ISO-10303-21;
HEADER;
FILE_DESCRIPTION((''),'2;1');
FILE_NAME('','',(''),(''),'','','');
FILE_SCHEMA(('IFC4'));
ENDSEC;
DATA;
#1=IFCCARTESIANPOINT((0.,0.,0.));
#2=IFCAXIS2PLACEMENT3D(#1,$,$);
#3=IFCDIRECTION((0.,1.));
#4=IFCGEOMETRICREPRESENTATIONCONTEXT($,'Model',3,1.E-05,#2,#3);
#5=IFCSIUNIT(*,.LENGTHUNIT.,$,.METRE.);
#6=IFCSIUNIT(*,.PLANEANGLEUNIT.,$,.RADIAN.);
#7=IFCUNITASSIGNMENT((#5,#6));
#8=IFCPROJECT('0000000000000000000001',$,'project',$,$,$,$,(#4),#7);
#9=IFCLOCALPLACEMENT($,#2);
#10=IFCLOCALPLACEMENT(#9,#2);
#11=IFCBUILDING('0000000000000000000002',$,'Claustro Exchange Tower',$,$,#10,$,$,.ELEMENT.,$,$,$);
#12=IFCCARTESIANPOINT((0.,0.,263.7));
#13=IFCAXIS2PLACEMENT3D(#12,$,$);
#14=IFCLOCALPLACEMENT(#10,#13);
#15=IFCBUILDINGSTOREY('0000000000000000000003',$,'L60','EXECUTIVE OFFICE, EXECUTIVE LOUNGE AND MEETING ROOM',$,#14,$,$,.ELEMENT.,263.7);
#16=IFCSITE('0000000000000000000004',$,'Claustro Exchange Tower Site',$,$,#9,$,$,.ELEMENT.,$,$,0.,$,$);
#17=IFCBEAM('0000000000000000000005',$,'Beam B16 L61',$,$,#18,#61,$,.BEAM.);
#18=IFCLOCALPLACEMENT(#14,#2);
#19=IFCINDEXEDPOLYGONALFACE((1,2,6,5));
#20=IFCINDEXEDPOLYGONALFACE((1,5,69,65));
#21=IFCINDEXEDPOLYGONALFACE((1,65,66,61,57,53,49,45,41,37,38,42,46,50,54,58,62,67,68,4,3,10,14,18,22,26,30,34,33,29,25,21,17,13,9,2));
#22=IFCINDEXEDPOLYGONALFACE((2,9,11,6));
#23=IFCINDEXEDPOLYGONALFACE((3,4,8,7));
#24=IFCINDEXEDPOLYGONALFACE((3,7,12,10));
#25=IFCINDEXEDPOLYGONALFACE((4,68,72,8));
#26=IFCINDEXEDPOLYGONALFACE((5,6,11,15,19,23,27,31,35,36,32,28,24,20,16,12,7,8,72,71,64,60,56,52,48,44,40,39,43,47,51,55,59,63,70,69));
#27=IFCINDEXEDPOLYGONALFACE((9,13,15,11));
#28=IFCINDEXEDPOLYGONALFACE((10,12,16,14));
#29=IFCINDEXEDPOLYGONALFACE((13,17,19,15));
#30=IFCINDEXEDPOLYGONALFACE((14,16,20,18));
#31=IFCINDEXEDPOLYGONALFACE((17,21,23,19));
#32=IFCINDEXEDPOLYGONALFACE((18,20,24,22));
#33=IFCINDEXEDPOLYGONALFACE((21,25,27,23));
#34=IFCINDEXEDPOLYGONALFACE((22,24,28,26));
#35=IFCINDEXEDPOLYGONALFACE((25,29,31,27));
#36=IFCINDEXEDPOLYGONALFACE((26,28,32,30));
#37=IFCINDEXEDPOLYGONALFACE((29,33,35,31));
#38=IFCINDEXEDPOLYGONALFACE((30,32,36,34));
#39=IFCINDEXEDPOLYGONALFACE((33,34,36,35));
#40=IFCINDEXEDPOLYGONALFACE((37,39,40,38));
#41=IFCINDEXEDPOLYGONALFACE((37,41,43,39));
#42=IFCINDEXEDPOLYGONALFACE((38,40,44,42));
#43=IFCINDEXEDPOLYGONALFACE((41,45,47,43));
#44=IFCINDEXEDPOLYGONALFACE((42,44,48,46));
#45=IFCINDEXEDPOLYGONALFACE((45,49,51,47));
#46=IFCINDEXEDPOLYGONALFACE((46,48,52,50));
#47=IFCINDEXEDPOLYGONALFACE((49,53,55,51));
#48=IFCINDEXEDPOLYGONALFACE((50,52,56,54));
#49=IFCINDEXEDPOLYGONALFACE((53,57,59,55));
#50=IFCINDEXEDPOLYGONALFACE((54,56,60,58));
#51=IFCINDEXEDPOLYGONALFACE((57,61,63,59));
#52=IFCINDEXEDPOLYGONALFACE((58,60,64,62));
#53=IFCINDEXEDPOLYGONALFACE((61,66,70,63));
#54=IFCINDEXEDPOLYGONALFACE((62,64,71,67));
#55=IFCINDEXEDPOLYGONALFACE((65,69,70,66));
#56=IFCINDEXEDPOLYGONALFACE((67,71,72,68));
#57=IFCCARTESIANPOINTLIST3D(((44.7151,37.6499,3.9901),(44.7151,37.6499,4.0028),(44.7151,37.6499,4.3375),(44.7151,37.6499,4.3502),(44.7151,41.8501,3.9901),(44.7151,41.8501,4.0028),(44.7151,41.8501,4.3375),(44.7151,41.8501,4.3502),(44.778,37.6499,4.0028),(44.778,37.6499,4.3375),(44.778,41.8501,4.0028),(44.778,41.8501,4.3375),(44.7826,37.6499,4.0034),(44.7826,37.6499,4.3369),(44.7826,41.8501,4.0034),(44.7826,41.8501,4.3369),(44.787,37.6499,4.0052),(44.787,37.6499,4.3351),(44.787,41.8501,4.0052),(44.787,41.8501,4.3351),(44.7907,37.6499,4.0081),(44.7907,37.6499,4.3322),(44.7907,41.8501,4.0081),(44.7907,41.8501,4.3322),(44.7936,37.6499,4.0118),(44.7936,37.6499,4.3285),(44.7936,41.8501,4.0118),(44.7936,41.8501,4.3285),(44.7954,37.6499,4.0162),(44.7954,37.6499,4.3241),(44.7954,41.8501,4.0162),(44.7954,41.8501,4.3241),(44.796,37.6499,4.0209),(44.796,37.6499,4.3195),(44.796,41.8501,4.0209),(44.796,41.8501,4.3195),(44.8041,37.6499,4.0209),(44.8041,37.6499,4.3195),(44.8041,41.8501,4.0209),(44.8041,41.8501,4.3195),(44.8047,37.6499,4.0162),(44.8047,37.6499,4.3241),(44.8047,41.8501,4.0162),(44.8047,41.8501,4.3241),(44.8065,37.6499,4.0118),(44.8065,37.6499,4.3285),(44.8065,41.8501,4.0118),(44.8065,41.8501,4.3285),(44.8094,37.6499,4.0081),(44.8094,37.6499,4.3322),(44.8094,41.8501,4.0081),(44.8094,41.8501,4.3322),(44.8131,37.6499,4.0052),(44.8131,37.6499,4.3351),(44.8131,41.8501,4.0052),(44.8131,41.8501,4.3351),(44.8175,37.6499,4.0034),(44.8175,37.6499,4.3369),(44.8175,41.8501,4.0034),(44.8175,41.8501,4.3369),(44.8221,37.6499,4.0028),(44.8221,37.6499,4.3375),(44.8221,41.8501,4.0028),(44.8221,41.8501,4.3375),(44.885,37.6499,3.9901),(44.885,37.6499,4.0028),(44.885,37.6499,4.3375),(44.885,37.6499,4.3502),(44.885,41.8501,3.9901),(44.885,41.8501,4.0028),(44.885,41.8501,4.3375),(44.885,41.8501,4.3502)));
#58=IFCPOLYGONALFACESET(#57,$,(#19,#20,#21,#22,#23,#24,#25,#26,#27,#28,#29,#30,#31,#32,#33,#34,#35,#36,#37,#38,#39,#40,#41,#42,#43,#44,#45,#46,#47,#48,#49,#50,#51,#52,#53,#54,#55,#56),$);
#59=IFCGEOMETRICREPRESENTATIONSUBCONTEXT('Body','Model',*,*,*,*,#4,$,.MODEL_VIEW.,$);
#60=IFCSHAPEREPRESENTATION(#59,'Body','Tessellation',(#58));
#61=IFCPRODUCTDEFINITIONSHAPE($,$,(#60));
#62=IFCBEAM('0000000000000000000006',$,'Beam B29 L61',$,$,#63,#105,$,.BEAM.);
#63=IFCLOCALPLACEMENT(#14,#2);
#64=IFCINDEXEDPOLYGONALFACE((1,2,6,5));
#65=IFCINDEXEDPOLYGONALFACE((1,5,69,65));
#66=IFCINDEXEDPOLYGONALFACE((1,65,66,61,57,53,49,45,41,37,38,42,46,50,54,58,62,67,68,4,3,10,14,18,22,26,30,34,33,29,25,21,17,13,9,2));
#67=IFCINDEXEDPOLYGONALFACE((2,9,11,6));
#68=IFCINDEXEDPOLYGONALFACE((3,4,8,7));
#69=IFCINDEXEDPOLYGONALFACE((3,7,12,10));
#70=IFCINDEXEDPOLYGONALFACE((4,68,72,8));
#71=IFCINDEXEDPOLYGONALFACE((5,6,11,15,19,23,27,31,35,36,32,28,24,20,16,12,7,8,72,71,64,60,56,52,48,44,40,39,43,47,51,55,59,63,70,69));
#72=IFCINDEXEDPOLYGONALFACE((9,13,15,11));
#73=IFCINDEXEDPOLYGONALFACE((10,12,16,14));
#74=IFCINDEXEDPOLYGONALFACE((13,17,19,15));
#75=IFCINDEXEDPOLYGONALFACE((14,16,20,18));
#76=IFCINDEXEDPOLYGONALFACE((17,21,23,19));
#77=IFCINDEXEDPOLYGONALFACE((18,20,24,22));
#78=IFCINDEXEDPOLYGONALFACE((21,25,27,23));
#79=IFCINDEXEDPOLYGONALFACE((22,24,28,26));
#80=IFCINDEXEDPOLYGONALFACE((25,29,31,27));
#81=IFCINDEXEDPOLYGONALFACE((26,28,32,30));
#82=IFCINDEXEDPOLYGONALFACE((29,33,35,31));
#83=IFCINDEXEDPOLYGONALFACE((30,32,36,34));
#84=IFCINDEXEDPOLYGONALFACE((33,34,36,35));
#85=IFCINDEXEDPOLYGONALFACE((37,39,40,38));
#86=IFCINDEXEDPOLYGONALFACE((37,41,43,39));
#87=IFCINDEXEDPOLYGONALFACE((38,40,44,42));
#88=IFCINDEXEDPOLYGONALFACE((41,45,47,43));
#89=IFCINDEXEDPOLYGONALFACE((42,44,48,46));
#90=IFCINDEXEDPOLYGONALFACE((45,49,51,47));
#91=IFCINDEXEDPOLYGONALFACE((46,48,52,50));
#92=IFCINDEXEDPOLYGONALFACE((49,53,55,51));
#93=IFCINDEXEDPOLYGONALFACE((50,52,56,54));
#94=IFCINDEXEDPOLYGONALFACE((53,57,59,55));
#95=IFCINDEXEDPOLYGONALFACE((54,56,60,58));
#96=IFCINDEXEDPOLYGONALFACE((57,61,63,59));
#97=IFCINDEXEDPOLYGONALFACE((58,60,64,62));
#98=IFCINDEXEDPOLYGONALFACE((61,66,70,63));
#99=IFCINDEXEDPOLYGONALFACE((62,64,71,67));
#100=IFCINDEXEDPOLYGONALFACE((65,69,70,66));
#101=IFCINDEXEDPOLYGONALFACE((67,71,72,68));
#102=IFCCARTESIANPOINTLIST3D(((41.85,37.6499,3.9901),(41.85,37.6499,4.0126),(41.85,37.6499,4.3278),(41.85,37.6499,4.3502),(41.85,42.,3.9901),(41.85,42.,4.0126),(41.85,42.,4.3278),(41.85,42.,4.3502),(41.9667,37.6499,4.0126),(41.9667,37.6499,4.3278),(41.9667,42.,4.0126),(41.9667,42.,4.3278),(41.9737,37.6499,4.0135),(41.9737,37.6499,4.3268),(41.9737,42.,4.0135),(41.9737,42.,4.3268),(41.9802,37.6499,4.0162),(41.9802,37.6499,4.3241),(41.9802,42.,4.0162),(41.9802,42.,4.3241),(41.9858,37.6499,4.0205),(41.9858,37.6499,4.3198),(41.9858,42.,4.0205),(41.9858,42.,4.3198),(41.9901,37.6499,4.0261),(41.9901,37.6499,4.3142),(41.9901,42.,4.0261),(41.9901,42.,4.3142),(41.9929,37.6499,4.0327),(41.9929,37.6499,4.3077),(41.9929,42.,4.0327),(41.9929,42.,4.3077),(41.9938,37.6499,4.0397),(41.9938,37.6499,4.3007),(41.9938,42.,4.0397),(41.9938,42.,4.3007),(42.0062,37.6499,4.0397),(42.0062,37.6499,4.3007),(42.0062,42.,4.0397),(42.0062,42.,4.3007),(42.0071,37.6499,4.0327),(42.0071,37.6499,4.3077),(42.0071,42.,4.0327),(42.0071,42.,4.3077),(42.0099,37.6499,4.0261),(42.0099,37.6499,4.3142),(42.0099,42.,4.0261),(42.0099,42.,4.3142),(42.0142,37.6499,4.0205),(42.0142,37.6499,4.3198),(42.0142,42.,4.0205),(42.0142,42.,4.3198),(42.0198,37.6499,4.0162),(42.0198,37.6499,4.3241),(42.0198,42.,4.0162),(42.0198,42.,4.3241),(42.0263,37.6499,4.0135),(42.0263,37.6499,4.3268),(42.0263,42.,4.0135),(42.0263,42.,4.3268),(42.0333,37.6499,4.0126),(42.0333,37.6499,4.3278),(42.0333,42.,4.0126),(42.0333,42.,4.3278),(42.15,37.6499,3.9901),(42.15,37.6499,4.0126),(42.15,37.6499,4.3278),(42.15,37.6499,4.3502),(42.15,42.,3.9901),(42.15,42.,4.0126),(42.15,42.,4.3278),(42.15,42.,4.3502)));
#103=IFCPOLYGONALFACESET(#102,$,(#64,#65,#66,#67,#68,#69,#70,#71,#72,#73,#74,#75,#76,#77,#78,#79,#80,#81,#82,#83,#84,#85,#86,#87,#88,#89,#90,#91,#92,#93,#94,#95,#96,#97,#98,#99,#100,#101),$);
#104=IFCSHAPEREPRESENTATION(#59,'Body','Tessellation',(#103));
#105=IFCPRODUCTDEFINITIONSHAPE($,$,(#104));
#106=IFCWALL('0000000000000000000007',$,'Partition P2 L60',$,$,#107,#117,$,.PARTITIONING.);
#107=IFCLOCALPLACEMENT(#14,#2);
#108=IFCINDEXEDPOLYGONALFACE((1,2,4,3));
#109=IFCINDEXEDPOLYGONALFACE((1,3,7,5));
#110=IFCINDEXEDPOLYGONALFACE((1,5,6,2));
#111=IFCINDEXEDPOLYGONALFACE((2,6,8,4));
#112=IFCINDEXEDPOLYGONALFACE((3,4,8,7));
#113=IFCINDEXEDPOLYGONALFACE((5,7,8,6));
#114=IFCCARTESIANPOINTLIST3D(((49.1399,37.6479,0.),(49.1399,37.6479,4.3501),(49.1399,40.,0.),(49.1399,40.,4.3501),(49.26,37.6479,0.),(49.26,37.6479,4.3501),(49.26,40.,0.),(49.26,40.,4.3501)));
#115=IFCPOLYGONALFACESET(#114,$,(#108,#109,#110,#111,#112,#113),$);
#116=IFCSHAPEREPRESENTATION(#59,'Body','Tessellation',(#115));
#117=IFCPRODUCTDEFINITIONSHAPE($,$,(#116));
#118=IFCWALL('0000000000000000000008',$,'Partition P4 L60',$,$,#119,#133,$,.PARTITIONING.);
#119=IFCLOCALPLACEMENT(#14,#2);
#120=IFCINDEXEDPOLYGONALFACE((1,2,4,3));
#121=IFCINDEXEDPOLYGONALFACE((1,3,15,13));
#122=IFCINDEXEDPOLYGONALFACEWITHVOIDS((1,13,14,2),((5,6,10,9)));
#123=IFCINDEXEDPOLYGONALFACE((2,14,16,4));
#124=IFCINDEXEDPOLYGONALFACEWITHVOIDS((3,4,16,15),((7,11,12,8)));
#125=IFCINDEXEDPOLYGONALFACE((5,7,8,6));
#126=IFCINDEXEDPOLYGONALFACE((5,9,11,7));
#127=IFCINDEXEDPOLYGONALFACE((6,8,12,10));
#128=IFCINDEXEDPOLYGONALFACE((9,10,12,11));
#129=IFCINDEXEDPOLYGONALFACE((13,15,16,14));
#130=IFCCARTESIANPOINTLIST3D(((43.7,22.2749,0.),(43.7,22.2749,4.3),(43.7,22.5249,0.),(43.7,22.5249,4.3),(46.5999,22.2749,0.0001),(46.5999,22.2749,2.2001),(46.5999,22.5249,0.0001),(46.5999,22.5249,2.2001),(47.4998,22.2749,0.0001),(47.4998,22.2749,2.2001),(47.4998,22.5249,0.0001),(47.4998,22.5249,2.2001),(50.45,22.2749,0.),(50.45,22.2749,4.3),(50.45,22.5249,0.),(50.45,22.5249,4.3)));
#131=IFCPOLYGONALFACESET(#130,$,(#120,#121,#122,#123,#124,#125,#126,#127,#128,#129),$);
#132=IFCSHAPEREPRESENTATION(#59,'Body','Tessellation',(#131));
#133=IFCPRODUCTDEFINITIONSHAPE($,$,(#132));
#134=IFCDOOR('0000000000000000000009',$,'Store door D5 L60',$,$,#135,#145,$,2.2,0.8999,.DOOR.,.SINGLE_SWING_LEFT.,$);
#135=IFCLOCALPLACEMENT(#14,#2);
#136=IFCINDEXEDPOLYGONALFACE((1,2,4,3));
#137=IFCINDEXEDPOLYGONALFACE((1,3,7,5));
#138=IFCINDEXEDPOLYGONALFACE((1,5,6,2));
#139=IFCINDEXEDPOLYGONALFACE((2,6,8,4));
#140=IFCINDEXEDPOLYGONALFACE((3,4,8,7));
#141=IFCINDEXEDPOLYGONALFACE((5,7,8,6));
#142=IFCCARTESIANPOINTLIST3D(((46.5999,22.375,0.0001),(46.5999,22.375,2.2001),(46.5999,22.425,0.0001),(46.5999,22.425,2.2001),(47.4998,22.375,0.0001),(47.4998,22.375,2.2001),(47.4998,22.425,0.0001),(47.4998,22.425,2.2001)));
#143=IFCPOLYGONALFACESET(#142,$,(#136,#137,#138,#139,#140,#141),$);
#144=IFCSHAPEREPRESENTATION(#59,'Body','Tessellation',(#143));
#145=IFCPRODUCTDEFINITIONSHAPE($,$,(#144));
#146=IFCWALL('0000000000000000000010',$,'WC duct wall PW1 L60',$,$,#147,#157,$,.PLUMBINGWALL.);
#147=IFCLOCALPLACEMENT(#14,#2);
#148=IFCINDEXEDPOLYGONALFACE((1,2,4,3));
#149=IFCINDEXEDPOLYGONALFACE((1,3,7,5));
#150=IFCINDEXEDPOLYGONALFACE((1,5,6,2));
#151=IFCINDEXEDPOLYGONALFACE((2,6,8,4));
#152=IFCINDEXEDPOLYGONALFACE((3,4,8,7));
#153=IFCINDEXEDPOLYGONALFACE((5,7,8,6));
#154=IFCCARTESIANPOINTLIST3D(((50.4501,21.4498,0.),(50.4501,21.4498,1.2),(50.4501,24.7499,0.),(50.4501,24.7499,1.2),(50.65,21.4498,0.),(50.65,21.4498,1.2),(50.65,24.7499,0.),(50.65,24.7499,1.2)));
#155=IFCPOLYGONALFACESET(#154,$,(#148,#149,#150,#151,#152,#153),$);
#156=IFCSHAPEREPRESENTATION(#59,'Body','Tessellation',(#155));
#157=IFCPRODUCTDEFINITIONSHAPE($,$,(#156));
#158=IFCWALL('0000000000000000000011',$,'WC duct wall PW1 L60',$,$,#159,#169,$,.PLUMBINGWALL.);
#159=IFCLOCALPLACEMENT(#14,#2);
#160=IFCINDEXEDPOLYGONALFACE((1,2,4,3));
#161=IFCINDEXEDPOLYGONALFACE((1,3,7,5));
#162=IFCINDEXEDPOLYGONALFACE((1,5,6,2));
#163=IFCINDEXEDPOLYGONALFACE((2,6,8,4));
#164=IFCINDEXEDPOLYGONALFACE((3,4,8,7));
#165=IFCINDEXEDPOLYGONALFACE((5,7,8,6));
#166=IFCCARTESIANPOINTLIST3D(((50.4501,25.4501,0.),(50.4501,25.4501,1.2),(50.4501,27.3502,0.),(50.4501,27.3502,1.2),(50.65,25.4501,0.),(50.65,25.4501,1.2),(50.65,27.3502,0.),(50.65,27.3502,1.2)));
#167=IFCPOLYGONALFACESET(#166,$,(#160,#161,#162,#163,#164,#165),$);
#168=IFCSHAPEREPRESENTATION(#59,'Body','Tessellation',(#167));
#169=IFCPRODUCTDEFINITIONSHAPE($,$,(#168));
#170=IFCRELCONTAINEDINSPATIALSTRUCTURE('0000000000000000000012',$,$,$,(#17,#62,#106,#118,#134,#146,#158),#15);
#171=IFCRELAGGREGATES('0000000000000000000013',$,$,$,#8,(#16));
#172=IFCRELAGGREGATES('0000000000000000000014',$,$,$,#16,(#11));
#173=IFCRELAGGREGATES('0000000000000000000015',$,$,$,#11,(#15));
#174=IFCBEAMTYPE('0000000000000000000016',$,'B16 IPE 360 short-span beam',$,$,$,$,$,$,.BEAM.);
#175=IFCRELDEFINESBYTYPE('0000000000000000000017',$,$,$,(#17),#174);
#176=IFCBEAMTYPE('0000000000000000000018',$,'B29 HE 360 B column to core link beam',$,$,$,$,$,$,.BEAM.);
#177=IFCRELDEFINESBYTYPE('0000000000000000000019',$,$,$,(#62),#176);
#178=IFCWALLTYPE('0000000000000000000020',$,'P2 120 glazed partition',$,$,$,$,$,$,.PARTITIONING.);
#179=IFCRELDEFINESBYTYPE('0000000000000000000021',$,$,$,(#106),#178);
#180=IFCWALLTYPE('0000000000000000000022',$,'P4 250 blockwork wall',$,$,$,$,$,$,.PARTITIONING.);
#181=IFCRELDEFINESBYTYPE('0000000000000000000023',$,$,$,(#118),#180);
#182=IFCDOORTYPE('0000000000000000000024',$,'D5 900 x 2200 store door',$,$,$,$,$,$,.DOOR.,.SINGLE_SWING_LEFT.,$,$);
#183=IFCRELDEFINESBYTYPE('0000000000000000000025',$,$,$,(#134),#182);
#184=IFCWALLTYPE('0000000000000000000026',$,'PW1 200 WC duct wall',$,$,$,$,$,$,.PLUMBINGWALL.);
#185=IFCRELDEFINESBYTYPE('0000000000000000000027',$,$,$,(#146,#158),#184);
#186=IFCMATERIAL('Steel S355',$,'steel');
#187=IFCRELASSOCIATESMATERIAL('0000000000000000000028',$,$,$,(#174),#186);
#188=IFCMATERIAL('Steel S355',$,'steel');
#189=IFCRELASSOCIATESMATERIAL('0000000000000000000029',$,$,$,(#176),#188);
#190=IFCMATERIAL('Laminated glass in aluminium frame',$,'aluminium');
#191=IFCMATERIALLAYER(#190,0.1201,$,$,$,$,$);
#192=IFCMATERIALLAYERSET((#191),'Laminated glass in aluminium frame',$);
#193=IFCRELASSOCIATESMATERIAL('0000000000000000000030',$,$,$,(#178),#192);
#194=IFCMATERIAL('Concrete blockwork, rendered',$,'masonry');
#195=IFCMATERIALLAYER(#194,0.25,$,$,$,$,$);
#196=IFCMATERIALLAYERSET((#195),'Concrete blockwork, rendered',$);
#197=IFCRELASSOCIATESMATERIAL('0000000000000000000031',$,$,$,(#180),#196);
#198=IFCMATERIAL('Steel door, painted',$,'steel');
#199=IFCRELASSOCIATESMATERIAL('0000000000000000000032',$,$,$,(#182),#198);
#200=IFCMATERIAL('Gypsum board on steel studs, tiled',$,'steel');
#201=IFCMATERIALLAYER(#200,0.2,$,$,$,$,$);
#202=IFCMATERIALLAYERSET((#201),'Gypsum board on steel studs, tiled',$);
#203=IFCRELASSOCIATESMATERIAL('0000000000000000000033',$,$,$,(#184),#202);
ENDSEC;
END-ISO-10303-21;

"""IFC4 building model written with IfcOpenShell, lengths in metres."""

from ifc_helpers import new_model, si_unit, direction, frame, frame_2d, origin, origin_2d, place, context, subcontext, project, spatial, rectangle, i_section, extrude, material, layer, layer_set, material_profile, profile_set, type_object, element, fill, save


model = new_model("IFC4")

# Units and contexts
model_context = context("Model", 3, precision=1e-05, world=origin(), true_north=direction((0.0, 1.0)))
body_context = subcontext(model_context, "Body", "Model", "MODEL_VIEW")
ifc_project = project(units=[si_unit("LENGTHUNIT", "METRE"), si_unit("PLANEANGLEUNIT", "RADIAN")], contexts=[model_context])

# Site, building, storey
site_placement = place(None, origin())
site = spatial("IfcSite", under=ifc_project, at=site_placement, Name="Claustro Exchange Tower Site", CompositionType="ELEMENT", RefElevation=0.0)
building_placement = place(site_placement, origin())
building = spatial("IfcBuilding", under=site, at=building_placement, Name="Claustro Exchange Tower", CompositionType="ELEMENT")
storey_placement = place(building_placement, frame((0.0, 0.0, 263.7)))
storey = spatial("IfcBuildingStorey", under=building, at=storey_placement, Name="L60", Description="EXECUTIVE OFFICE, EXECUTIVE LOUNGE AND MEETING ROOM", CompositionType="ELEMENT", Elevation=263.7)

# Beams
ifc_material_1 = material(Name="Steel S355", Category="steel")
ifc_material_profile_1 = material_profile(ifc_material_1, i_section(OverallWidth=0.1699, OverallDepth=0.3601, WebThickness=0.0081, FlangeThickness=0.0127, FilletRadius=0.0181, at=origin_2d()), Name="IPE 360")
ifc_profile_set_1 = profile_set([ifc_material_profile_1], Name="Steel S355")
beam_type_1 = type_object("IfcBeamType", Name="B16 IPE 360 short-span beam", PredefinedType="BEAM", material=ifc_profile_set_1)
beam_1_placement = place(storey_placement, frame((44.8, 37.6499, 4.1702), z_axis=(0.0, 1.0, 0.0), x_axis=(-1.0, 0.0, 0.0)))
element("IfcBeam", 1, at=beam_1_placement, inside=storey, type_object=beam_type_1, Name="Beam B16 L61", PredefinedType="BEAM", context=body_context, shape_type="SweptSolid", body=[
    extrude(i_section(OverallWidth=0.1699, OverallDepth=0.3601, WebThickness=0.0081, FlangeThickness=0.0127, FilletRadius=0.0181, at=origin_2d()), origin(), (0.0, 0.0, 1.0), 4.2002),
])
ifc_material_2 = material(Name="Steel S355", Category="steel")
ifc_material_profile_2 = material_profile(ifc_material_2, i_section(OverallWidth=0.3, OverallDepth=0.3601, WebThickness=0.0125, FlangeThickness=0.0225, FilletRadius=0.0271, at=origin_2d()), Name="HE 360 B")
ifc_profile_set_2 = profile_set([ifc_material_profile_2], Name="Steel S355")
beam_type_2 = type_object("IfcBeamType", Name="B29 HE 360 B column to core link beam", PredefinedType="BEAM", material=ifc_profile_set_2)
beam_2_placement = place(storey_placement, frame((42.0, 37.6499, 4.1702), z_axis=(0.0, 1.0, 0.0), x_axis=(-1.0, 0.0, 0.0)))
element("IfcBeam", 2, at=beam_2_placement, inside=storey, type_object=beam_type_2, Name="Beam B29 L61", PredefinedType="BEAM", context=body_context, shape_type="SweptSolid", body=[
    extrude(i_section(OverallWidth=0.3, OverallDepth=0.3601, WebThickness=0.0125, FlangeThickness=0.0225, FilletRadius=0.0271, at=origin_2d()), origin(), (0.0, 0.0, 1.0), 4.3501),
])

# Shared definitions
ifc_material_3 = material(Name="Laminated glass in aluminium frame", Category="aluminium")
ifc_layer_1 = layer(ifc_material_3, 0.1201)
ifc_layer_set_1 = layer_set([ifc_layer_1], Name="Laminated glass in aluminium frame")
wall_type_1 = type_object("IfcWallType", Name="P2 120 glazed partition", PredefinedType="PARTITIONING", material=ifc_layer_set_1)

# Wall
wall_1_placement = place(storey_placement, frame((49.2, 37.6479, 0.0), z_axis=(0.0, 0.0, 1.0), x_axis=(0.0, 1.0, 0.0)))
element("IfcWall", 3, at=wall_1_placement, inside=storey, type_object=wall_type_1, Name="Partition P2 L60", PredefinedType="PARTITIONING", context=body_context, shape_type="SweptSolid", body=[
    extrude(rectangle(XDim=2.3521, YDim=0.1201, at=frame_2d((1.176, 0.0))), origin(), (0.0, 0.0, 1.0), 4.3501),
])

# Wall, opening, door
ifc_material_4 = material(Name="Concrete blockwork, rendered", Category="masonry")
ifc_layer_2 = layer(ifc_material_4, 0.25)
ifc_layer_set_2 = layer_set([ifc_layer_2], Name="Concrete blockwork, rendered")
wall_type_2 = type_object("IfcWallType", Name="P4 250 blockwork wall", PredefinedType="PARTITIONING", material=ifc_layer_set_2)
wall_2_placement = place(storey_placement, frame((43.7, 22.3999, 0.0), z_axis=(0.0, 0.0, 1.0), x_axis=(1.0, 0.0, 0.0)))
wall_2 = element("IfcWall", 4, at=wall_2_placement, inside=storey, type_object=wall_type_2, Name="Partition P4 L60", PredefinedType="PARTITIONING", context=body_context, shape_type="SweptSolid", body=[
    extrude(rectangle(XDim=6.75, YDim=0.25, at=frame_2d((3.375, 0.0))), origin(), (0.0, 0.0, 1.0), 4.3),
])
opening_1_placement = place(wall_2_placement, frame((2.8999, 0.0, 0.0)))
opening_1 = element("IfcOpeningElement", 5, at=opening_1_placement, cuts=wall_2, PredefinedType="OPENING", context=body_context, shape_type="SweptSolid", body=[
    extrude(rectangle(XDim=0.8999, YDim=2.2, at=frame_2d((0.45, 1.1001))), frame((0.0, 0.135, 0.0), z_axis=(0.0, -1.0, 0.0), x_axis=(1.0, 0.0, 0.0)), (0.0, 0.0, 1.0), 0.27),
])
ifc_material_5 = material(Name="Steel door, painted", Category="steel")
door_type_1 = type_object("IfcDoorType", Name="D5 900 x 2200 store door", OperationType="SINGLE_SWING_LEFT", PredefinedType="DOOR", material=ifc_material_5)
door_1_placement = place(opening_1_placement, frame((0.8999, 0.0, 0.0), z_axis=(0.0, 0.0, 1.0), x_axis=(-1.0, 0.0, 0.0)))
door_1 = element("IfcDoor", 6, at=door_1_placement, inside=storey, type_object=door_type_1, Name="Store door D5 L60", OperationType="SINGLE_SWING_LEFT", OverallHeight=2.2, OverallWidth=0.8999, PredefinedType="DOOR", context=body_context, shape_type="SweptSolid", body=[
    extrude(rectangle(XDim=0.8999, YDim=2.2, at=frame_2d((0.45, 1.1001))), frame((0.0, 0.0249, 0.0), z_axis=(0.0, -1.0, 0.0), x_axis=(1.0, 0.0, 0.0)), (0.0, 0.0, 1.0), 0.05),
])
fill(opening_1, door_1)

# Walls
ifc_material_6 = material(Name="Gypsum board on steel studs, tiled", Category="steel")
ifc_layer_3 = layer(ifc_material_6, 0.2)
ifc_layer_set_3 = layer_set([ifc_layer_3], Name="Gypsum board on steel studs, tiled")
wall_type_3 = type_object("IfcWallType", Name="PW1 200 WC duct wall", PredefinedType="PLUMBINGWALL", material=ifc_layer_set_3)
wall_3_placement = place(storey_placement, frame((50.55, 21.45, 0.0), z_axis=(0.0, 0.0, 1.0), x_axis=(0.0, 1.0, 0.0)))
element("IfcWall", 7, at=wall_3_placement, inside=storey, type_object=wall_type_3, Name="WC duct wall PW1 L60", PredefinedType="PLUMBINGWALL", context=body_context, shape_type="SweptSolid", body=[
    extrude(rectangle(XDim=3.3, YDim=0.2, at=frame_2d((1.6499, 0.0))), origin(), (0.0, 0.0, 1.0), 1.2),
])
wall_4_placement = place(storey_placement, frame((50.55, 25.45, 0.0), z_axis=(0.0, 0.0, 1.0), x_axis=(0.0, 1.0, 0.0)))
element("IfcWall", 8, at=wall_4_placement, inside=storey, type_object=wall_type_3, Name="WC duct wall PW1 L60", PredefinedType="PLUMBINGWALL", context=body_context, shape_type="SweptSolid", body=[
    extrude(rectangle(XDim=1.9001, YDim=0.2, at=frame_2d((0.9502, 0.0))), origin(), (0.0, 0.0, 1.0), 1.2),
])

save(model, "model.ifc")
